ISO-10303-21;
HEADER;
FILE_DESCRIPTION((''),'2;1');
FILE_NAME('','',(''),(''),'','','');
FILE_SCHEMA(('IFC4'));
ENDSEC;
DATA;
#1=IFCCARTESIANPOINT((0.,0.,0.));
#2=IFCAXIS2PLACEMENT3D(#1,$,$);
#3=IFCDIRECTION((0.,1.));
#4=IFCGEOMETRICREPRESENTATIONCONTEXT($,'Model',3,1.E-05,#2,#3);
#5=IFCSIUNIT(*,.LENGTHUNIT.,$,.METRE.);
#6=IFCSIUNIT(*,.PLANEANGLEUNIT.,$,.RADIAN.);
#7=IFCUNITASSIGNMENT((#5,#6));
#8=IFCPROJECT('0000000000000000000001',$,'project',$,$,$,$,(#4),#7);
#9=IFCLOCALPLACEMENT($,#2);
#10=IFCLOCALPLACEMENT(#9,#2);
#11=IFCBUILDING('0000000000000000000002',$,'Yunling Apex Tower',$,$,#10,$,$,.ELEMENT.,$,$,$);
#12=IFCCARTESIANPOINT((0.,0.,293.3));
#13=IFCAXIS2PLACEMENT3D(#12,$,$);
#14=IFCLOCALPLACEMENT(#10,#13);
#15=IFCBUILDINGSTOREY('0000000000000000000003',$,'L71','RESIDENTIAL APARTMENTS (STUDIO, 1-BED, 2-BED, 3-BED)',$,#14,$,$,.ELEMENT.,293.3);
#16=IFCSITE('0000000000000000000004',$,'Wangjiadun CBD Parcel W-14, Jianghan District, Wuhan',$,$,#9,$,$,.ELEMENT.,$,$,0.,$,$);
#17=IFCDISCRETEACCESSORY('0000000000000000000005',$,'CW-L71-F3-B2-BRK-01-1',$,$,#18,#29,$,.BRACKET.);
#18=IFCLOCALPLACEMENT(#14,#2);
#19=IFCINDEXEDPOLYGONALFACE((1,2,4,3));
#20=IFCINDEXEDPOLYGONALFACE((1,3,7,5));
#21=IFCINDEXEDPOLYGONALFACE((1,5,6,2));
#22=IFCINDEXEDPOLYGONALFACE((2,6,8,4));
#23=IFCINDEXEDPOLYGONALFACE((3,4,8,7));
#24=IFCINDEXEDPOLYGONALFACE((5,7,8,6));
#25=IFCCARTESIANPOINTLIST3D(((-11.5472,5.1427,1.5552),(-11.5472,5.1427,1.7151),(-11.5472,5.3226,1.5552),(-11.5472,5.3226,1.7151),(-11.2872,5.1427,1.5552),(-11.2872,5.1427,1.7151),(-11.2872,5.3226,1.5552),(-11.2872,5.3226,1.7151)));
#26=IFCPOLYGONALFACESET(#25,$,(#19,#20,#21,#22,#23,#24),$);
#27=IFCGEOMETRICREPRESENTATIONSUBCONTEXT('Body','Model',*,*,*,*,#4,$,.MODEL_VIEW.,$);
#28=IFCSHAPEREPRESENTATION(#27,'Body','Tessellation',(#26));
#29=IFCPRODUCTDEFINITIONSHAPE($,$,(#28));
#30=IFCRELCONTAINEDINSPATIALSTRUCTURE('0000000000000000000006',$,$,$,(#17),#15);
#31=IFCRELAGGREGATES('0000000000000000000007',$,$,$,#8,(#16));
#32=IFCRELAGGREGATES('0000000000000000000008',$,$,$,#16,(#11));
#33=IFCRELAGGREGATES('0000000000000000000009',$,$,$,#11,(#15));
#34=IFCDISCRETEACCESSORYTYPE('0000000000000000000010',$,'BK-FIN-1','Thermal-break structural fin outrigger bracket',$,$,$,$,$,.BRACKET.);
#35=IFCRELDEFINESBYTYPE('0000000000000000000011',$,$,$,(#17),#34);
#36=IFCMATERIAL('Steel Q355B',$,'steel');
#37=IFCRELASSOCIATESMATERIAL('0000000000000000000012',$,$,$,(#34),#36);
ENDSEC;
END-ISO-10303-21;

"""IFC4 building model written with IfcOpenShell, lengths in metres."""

from ifc_helpers import new_model, si_unit, direction, frame, origin, origin_2d, place, context, subcontext, project, spatial, rectangle, extrude, source, transform, mapped, material, type_object, element, save


model = new_model("IFC4")

# Units and contexts
model_context = context("Model", 3, precision=1e-05, world=origin(), true_north=direction((0.0, 1.0)))
body_context = subcontext(model_context, "Body", "Model", "MODEL_VIEW")
ifc_project = project(units=[si_unit("LENGTHUNIT", "METRE"), si_unit("PLANEANGLEUNIT", "RADIAN")], contexts=[model_context])

# Site, building, storey
site_placement = place(None, origin())
site = spatial("IfcSite", under=ifc_project, at=site_placement, Name="Wangjiadun CBD Parcel W-14, Jianghan District, Wuhan", CompositionType="ELEMENT", RefElevation=0.0)
building_placement = place(site_placement, origin())
building = spatial("IfcBuilding", under=site, at=building_placement, Name="Yunling Apex Tower", CompositionType="ELEMENT")
storey_placement = place(building_placement, frame((0.0, 0.0, 293.3)))
storey = spatial("IfcBuildingStorey", under=building, at=storey_placement, Name="L71", Description="RESIDENTIAL APARTMENTS (STUDIO, 1-BED, 2-BED, 3-BED)", CompositionType="ELEMENT", Elevation=293.3)

# Shared definitions
ifc_material_1 = material(Name="Steel Q355B", Category="steel")

# Discrete accessory
discrete_accessory_type = type_object("IfcDiscreteAccessoryType", Name="BK-FIN-1", Description="Thermal-break structural fin outrigger bracket", PredefinedType="BRACKET", material=ifc_material_1)
shared_shape_1 = source(origin(), body_context, "Body", "SweptSolid", [
    extrude(rectangle(XDim=0.1799, YDim=0.26, at=origin_2d()), origin(), (0.0, 0.0, 1.0), 0.1599),
])
discrete_accessory_placement = place(storey_placement, frame((-11.4172, 5.2327, 1.5552), z_axis=(0.0, 0.0, 1.0), x_axis=(0.0, -1.0, 0.0)))
element("IfcDiscreteAccessory", 1, at=discrete_accessory_placement, inside=storey, type_object=discrete_accessory_type, Name="CW-L71-F3-B2-BRK-01-1", PredefinedType="BRACKET", context=body_context, shape_type="MappedRepresentation", body=[
    mapped(shared_shape_1, transform((0.0, 0.0, 0.0), scale=1.0)),
])

save(model, "model.ifc")
